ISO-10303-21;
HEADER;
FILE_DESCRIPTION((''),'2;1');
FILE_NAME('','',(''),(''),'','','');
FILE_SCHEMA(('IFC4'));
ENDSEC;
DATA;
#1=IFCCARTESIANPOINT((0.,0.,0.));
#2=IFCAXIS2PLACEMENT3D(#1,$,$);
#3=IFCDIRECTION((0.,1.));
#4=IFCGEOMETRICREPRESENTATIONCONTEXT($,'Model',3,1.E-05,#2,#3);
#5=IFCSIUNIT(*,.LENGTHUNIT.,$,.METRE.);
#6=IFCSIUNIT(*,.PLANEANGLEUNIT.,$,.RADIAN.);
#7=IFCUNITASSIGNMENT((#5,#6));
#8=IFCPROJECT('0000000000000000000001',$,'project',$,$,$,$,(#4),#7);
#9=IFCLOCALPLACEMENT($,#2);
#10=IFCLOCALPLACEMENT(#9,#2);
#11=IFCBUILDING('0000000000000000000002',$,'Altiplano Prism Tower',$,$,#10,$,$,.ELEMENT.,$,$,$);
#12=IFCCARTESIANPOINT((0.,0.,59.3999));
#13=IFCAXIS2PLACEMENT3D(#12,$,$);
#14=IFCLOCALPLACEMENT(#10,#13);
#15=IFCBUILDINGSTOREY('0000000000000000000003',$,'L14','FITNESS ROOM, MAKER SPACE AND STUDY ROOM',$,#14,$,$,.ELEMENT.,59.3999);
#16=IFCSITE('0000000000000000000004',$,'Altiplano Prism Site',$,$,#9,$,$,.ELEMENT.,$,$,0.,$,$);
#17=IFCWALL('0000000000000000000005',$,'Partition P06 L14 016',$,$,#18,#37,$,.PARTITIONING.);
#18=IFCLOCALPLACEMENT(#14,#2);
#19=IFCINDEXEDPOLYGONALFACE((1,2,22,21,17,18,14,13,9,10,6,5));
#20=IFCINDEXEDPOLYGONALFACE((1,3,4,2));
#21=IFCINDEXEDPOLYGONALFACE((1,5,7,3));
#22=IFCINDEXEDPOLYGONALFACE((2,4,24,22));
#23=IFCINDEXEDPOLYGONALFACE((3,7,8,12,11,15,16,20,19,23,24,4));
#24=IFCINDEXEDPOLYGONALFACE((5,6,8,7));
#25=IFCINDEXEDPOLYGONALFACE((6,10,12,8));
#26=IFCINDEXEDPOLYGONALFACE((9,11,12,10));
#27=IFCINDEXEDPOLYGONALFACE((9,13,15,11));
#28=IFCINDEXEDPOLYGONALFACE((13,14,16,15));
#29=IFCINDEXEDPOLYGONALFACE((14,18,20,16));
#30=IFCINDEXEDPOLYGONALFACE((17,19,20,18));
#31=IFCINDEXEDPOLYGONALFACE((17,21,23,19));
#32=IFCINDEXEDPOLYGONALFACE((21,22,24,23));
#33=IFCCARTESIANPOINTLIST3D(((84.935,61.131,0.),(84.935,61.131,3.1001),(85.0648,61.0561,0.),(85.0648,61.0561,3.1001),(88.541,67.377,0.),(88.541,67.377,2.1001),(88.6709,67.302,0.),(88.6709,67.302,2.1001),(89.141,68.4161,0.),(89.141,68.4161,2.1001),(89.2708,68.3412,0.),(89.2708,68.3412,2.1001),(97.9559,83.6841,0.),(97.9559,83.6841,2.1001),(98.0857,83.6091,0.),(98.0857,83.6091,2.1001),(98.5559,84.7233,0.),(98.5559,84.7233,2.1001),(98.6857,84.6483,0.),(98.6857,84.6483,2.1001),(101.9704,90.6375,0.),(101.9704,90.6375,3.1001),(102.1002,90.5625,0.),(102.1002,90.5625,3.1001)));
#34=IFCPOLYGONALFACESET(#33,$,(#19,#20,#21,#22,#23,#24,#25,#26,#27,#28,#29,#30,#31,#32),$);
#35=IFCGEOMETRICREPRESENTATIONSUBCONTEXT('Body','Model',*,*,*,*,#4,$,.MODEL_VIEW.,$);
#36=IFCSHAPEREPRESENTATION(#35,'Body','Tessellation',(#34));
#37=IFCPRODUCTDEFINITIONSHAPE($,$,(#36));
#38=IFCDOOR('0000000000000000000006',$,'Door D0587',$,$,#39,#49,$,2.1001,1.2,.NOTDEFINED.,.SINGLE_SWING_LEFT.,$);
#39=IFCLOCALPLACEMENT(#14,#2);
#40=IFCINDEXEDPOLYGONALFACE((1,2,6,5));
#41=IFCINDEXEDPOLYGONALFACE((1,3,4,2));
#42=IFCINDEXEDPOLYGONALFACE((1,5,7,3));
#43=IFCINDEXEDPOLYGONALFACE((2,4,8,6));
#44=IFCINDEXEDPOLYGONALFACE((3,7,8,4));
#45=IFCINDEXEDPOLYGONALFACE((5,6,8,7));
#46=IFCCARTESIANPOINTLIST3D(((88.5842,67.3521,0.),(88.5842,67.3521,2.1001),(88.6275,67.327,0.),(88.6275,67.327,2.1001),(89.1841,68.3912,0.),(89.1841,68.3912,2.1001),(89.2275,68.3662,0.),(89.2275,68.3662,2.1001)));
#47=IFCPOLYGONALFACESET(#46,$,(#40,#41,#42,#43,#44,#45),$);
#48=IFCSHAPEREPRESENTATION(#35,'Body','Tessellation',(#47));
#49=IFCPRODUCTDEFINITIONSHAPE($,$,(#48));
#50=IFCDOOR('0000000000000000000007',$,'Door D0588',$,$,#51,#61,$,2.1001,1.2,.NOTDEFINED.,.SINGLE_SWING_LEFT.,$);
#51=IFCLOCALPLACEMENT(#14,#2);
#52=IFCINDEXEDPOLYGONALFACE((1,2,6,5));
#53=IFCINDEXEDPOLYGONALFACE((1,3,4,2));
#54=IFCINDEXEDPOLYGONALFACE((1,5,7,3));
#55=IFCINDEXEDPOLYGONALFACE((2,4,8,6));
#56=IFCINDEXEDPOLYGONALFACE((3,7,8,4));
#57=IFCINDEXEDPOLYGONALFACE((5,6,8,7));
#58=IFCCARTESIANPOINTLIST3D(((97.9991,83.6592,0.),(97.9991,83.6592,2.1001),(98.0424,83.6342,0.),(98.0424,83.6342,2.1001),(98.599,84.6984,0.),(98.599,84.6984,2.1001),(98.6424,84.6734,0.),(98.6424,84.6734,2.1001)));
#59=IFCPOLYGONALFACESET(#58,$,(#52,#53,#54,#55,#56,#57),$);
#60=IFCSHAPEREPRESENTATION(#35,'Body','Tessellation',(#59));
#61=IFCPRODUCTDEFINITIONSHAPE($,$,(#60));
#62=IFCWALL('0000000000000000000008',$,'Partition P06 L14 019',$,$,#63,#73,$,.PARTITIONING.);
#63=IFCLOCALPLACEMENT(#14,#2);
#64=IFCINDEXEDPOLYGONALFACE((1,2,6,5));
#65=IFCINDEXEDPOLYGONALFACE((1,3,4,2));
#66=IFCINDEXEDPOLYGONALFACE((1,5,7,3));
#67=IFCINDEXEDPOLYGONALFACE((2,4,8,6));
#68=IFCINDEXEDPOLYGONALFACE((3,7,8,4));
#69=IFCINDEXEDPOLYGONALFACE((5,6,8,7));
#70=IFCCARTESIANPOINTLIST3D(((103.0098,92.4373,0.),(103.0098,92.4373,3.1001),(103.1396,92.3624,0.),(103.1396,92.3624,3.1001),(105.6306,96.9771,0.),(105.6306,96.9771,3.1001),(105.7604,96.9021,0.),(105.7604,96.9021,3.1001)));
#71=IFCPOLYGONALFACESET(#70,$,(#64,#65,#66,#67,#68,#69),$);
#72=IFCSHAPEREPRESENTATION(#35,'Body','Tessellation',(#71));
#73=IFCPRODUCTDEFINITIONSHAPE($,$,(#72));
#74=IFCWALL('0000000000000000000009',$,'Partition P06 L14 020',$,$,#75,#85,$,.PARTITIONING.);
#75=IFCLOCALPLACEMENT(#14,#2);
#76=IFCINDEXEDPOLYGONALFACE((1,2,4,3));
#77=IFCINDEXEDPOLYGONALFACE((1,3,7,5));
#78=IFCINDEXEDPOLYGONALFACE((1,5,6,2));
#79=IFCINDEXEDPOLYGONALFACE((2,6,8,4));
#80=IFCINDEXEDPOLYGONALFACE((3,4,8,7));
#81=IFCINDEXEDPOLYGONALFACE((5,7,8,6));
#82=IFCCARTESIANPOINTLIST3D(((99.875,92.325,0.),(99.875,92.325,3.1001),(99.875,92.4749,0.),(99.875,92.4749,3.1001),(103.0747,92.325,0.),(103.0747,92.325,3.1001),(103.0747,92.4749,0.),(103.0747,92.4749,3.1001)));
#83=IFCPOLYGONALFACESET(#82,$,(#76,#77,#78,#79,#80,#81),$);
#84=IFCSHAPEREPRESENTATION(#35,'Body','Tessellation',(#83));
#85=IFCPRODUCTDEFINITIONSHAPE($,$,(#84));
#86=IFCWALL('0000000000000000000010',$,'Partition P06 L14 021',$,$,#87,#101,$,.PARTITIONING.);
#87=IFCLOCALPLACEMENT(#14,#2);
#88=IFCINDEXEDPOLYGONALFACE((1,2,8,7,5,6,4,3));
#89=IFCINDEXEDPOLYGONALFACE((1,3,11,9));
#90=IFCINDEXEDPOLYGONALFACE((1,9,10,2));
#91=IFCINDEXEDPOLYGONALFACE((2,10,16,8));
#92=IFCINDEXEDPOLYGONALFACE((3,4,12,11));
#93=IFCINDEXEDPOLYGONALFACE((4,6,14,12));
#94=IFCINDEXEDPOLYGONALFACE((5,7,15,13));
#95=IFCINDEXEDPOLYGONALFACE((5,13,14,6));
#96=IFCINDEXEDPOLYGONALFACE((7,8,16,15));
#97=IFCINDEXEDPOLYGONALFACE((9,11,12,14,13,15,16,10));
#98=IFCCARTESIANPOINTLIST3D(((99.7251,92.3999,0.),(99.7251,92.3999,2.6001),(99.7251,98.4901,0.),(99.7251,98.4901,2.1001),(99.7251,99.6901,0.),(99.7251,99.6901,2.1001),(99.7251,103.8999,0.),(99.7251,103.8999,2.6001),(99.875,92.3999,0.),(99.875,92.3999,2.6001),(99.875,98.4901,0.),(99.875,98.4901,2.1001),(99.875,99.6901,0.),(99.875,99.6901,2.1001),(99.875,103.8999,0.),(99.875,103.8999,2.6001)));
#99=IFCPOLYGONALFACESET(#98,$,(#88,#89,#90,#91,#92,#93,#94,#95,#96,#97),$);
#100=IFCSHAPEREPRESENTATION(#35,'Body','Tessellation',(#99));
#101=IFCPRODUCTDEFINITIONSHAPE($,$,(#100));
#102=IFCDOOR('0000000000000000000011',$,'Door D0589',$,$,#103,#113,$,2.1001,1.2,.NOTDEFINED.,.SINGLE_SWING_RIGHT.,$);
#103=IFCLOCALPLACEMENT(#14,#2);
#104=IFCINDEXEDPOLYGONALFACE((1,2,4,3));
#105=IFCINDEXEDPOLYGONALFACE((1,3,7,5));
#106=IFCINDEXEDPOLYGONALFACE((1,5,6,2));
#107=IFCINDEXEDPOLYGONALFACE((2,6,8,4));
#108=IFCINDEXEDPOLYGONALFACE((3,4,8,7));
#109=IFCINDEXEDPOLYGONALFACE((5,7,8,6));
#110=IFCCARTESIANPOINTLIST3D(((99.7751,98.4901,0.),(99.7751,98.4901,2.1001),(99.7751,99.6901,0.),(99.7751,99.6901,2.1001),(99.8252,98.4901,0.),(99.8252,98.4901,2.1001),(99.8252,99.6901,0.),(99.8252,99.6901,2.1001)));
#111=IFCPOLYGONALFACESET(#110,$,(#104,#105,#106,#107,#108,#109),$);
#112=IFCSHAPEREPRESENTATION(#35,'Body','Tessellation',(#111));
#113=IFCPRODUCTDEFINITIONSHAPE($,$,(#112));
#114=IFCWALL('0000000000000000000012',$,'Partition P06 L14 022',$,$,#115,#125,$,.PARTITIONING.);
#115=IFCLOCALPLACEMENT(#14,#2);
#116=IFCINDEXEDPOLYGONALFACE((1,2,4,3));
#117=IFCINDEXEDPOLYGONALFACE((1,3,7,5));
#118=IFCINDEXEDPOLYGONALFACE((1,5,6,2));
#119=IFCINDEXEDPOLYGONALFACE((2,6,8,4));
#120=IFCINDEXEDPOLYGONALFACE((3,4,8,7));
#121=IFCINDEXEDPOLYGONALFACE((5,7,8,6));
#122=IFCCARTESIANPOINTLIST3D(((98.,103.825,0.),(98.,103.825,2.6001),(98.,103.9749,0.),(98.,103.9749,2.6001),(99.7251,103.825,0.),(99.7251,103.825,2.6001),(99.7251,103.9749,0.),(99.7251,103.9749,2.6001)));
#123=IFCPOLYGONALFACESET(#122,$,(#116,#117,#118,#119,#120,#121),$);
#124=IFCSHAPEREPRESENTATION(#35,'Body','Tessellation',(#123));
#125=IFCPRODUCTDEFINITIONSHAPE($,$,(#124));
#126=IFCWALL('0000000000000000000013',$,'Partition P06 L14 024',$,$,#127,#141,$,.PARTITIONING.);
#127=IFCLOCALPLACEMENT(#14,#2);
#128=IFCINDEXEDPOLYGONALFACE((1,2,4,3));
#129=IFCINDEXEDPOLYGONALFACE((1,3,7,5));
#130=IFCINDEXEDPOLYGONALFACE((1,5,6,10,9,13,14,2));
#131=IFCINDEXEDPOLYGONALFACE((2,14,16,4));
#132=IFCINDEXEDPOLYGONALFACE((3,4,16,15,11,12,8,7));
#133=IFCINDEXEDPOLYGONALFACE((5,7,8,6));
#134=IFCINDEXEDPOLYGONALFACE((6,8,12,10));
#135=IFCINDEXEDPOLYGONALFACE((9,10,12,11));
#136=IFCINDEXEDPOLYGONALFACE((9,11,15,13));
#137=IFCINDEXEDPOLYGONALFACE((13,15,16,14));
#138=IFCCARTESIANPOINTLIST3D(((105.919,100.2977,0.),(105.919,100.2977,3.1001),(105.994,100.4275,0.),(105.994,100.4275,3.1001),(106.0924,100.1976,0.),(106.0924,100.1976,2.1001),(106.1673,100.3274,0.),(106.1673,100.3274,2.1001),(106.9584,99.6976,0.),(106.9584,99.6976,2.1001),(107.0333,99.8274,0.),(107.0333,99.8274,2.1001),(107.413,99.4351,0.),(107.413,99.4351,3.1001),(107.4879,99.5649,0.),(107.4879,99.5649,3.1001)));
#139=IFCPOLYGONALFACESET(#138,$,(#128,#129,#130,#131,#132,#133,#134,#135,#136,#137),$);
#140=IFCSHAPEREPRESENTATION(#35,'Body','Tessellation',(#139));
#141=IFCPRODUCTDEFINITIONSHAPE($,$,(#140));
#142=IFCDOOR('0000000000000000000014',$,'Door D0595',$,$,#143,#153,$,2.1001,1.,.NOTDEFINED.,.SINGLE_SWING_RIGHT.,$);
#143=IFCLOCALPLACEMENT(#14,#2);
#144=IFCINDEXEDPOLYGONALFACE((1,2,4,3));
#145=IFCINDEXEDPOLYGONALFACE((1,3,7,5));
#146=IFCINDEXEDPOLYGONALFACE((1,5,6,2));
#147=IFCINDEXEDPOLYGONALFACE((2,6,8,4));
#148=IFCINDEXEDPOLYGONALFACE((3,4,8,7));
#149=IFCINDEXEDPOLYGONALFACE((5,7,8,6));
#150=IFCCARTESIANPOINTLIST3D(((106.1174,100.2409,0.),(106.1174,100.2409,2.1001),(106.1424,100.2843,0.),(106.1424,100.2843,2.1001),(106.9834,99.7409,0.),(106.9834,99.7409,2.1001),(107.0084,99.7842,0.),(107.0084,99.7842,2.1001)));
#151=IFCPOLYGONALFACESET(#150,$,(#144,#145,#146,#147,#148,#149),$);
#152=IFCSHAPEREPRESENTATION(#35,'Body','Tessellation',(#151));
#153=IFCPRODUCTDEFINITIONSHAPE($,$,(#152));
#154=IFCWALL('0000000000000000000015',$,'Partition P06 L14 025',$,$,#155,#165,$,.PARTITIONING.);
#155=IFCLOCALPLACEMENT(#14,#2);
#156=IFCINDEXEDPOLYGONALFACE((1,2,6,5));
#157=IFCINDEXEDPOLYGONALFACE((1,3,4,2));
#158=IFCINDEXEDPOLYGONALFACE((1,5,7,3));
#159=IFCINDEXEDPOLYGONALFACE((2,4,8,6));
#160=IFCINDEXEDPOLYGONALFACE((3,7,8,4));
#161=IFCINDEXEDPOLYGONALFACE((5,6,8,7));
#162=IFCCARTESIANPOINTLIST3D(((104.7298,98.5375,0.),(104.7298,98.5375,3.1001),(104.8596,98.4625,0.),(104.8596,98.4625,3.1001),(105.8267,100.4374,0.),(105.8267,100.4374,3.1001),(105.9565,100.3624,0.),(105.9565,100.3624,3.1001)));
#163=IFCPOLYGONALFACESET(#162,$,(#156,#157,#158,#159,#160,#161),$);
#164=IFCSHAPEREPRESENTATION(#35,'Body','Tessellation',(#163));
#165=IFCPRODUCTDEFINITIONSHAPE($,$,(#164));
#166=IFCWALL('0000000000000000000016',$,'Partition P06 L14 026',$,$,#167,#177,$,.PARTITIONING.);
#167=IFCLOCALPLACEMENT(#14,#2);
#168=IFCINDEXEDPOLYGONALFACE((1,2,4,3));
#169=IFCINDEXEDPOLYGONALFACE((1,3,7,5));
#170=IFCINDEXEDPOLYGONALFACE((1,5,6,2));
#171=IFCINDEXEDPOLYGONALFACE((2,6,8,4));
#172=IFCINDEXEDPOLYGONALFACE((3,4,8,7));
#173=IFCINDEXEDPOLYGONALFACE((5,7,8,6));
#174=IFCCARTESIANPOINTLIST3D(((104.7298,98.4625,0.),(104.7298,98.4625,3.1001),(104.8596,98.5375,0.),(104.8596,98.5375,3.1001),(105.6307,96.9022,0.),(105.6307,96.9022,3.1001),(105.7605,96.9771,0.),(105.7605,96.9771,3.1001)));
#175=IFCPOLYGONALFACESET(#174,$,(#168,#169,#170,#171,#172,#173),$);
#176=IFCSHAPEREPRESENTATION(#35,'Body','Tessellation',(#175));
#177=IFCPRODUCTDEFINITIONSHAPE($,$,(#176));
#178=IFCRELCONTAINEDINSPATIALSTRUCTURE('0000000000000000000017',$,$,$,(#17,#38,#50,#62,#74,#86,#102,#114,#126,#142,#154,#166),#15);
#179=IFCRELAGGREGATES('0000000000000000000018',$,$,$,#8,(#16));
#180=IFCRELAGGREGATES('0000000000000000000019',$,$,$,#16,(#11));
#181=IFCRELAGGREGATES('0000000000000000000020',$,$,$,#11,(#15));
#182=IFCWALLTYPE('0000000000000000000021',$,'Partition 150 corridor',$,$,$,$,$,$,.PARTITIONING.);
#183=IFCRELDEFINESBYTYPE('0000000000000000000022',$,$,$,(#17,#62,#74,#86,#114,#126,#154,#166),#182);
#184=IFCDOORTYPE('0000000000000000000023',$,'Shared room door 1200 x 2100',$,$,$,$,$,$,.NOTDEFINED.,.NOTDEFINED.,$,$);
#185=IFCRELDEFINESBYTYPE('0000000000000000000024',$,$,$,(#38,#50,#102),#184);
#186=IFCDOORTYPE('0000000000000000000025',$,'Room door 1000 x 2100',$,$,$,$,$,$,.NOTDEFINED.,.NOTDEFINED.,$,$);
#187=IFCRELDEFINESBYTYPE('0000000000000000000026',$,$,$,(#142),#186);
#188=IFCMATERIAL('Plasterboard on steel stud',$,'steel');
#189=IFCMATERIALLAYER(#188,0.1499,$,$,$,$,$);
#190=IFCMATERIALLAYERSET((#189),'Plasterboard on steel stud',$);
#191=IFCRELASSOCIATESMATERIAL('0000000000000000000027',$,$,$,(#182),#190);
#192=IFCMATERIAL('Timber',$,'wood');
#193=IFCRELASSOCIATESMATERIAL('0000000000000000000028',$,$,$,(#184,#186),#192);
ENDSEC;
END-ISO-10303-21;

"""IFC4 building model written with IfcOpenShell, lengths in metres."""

from ifc_helpers import new_model, si_unit, direction, frame, frame_2d, origin, place, context, subcontext, project, spatial, rectangle, extrude, material, layer, layer_set, type_object, element, fill, save


model = new_model("IFC4")

# Units and contexts
model_context = context("Model", 3, precision=1e-05, world=origin(), true_north=direction((0.0, 1.0)))
body_context = subcontext(model_context, "Body", "Model", "MODEL_VIEW")
ifc_project = project(units=[si_unit("LENGTHUNIT", "METRE"), si_unit("PLANEANGLEUNIT", "RADIAN")], contexts=[model_context])

# Site, building, storey
site_placement = place(None, origin())
site = spatial("IfcSite", under=ifc_project, at=site_placement, Name="Altiplano Prism Site", CompositionType="ELEMENT", RefElevation=0.0)
building_placement = place(site_placement, origin())
building = spatial("IfcBuilding", under=site, at=building_placement, Name="Altiplano Prism Tower", CompositionType="ELEMENT")
storey_placement = place(building_placement, frame((0.0, 0.0, 59.3999)))
storey = spatial("IfcBuildingStorey", under=building, at=storey_placement, Name="L14", Description="FITNESS ROOM, MAKER SPACE AND STUDY ROOM", CompositionType="ELEMENT", Elevation=59.3999)

# Shared definitions
ifc_material_1 = material(Name="Plasterboard on steel stud", Category="steel")

# Shared definitions
ifc_layer_1 = layer(ifc_material_1, 0.1499)
ifc_layer_set_1 = layer_set([ifc_layer_1], Name="Plasterboard on steel stud")
wall_type_1 = type_object("IfcWallType", Name="Partition 150 corridor", PredefinedType="PARTITIONING", material=ifc_layer_set_1)
ifc_material_2 = material(Name="Timber", Category="wood")
door_type_1 = type_object("IfcDoorType", Name="Shared room door 1200 x 2100", OperationType="NOTDEFINED", PredefinedType="NOTDEFINED", material=ifc_material_2)

# Wall, openings, doors
wall_1_placement = place(storey_placement, frame((102.0354, 90.6001, 0.0), z_axis=(0.0, 0.0, 1.0), x_axis=(-0.499998, -0.866027, 0.0)))
wall_1 = element("IfcWall", 1, at=wall_1_placement, inside=storey, type_object=wall_type_1, Name="Partition P06 L14 016", PredefinedType="PARTITIONING", context=body_context, shape_type="SweptSolid", body=[
    extrude(rectangle(XDim=34.071, YDim=0.1499, at=frame_2d((17.0356, 0.0))), origin(), (0.0, 0.0, 1.0), 3.1001),
])
opening_1_placement = place(wall_1_placement, frame((25.6589, 0.0, 0.0)))
opening_1 = element("IfcOpeningElement", 2, at=opening_1_placement, cuts=wall_1, PredefinedType="OPENING", context=body_context, shape_type="SweptSolid", body=[
    extrude(rectangle(XDim=1.2, YDim=2.1001, at=frame_2d((0.6001, 1.05))), frame((0.0, 0.0854, 0.0), z_axis=(0.0, -1.0, 0.0), x_axis=(1.0, 0.0, 0.0)), (0.0, 0.0, 1.0), 0.1709),
])
opening_2_placement = place(wall_1_placement, frame((6.8291, 0.0, 0.0)))
opening_2 = element("IfcOpeningElement", 3, at=opening_2_placement, cuts=wall_1, PredefinedType="OPENING", context=body_context, shape_type="SweptSolid", body=[
    extrude(rectangle(XDim=1.2, YDim=2.1001, at=frame_2d((0.6001, 1.05))), frame((0.0, 0.0854, 0.0), z_axis=(0.0, -1.0, 0.0), x_axis=(1.0, 0.0, 0.0)), (0.0, 0.0, 1.0), 0.1709),
])
door_1_placement = place(opening_1_placement, origin())
door_1 = element("IfcDoor", 4, at=door_1_placement, inside=storey, type_object=door_type_1, Name="Door D0587", OperationType="SINGLE_SWING_LEFT", OverallHeight=2.1001, OverallWidth=1.2, PredefinedType="NOTDEFINED", context=body_context, shape_type="SweptSolid", body=[
    extrude(rectangle(XDim=1.2, YDim=2.1001, at=frame_2d((0.6001, 1.05))), frame((0.0, 0.0249, 0.0), z_axis=(0.0, -1.0, 0.0), x_axis=(1.0, 0.0, 0.0)), (0.0, 0.0, 1.0), 0.05),
])
fill(opening_1, door_1)
door_2_placement = place(opening_2_placement, origin())
door_2 = element("IfcDoor", 5, at=door_2_placement, inside=storey, type_object=door_type_1, Name="Door D0588", OperationType="SINGLE_SWING_LEFT", OverallHeight=2.1001, OverallWidth=1.2, PredefinedType="NOTDEFINED", context=body_context, shape_type="SweptSolid", body=[
    extrude(rectangle(XDim=1.2, YDim=2.1001, at=frame_2d((0.6001, 1.05))), frame((0.0, 0.0249, 0.0), z_axis=(0.0, -1.0, 0.0), x_axis=(1.0, 0.0, 0.0)), (0.0, 0.0, 1.0), 0.05),
])
fill(opening_2, door_2)

# Walls
wall_2_placement = place(storey_placement, frame((105.6956, 96.9397, 0.0), z_axis=(0.0, 0.0, 1.0), x_axis=(-0.499971, -0.866042, 0.0)))
element("IfcWall", 6, at=wall_2_placement, inside=storey, type_object=wall_type_1, Name="Partition P06 L14 019", PredefinedType="PARTITIONING", context=body_context, shape_type="SweptSolid", body=[
    extrude(rectangle(XDim=5.2419, YDim=0.1499, at=frame_2d((2.6211, 0.0))), origin(), (0.0, 0.0, 1.0), 3.1001),
])
wall_3_placement = place(storey_placement, frame((103.0747, 92.3999, 0.0), z_axis=(0.0, 0.0, 1.0), x_axis=(-1.0, 0.0, 0.0)))
element("IfcWall", 7, at=wall_3_placement, inside=storey, type_object=wall_type_1, Name="Partition P06 L14 020", PredefinedType="PARTITIONING", context=body_context, shape_type="SweptSolid", body=[
    extrude(rectangle(XDim=3.1997, YDim=0.1499, at=frame_2d((1.5999, 0.0))), origin(), (0.0, 0.0, 1.0), 3.1001),
])

# Wall, opening, door
wall_4_placement = place(storey_placement, frame((99.8, 92.3999, 0.0), z_axis=(0.0, 0.0, 1.0), x_axis=(0.0, 1.0, 0.0)))
wall_4 = element("IfcWall", 8, at=wall_4_placement, inside=storey, type_object=wall_type_1, Name="Partition P06 L14 021", PredefinedType="PARTITIONING", context=body_context, shape_type="SweptSolid", body=[
    extrude(rectangle(XDim=11.5, YDim=0.1499, at=frame_2d((5.75, 0.0))), origin(), (0.0, 0.0, 1.0), 2.6001),
])
opening_3_placement = place(wall_4_placement, frame((6.0901, 0.0, 0.0)))
opening_3 = element("IfcOpeningElement", 9, at=opening_3_placement, cuts=wall_4, PredefinedType="OPENING", context=body_context, shape_type="SweptSolid", body=[
    extrude(rectangle(XDim=1.2, YDim=2.1001, at=frame_2d((0.6001, 1.05))), frame((0.0, 0.0854, 0.0), z_axis=(0.0, -1.0, 0.0), x_axis=(1.0, 0.0, 0.0)), (0.0, 0.0, 1.0), 0.1709),
])
door_3_placement = place(opening_3_placement, origin())
door_3 = element("IfcDoor", 10, at=door_3_placement, inside=storey, type_object=door_type_1, Name="Door D0589", OperationType="SINGLE_SWING_RIGHT", OverallHeight=2.1001, OverallWidth=1.2, PredefinedType="NOTDEFINED", context=body_context, shape_type="SweptSolid", body=[
    extrude(rectangle(XDim=1.2, YDim=2.1001, at=frame_2d((0.6001, 1.05))), frame((0.0, 0.0249, 0.0), z_axis=(0.0, -1.0, 0.0), x_axis=(1.0, 0.0, 0.0)), (0.0, 0.0, 1.0), 0.05),
])
fill(opening_3, door_3)

# Wall
wall_5_placement = place(storey_placement, frame((99.7251, 103.8999, 0.0), z_axis=(0.0, 0.0, 1.0), x_axis=(-1.0, 0.0, 0.0)))
element("IfcWall", 11, at=wall_5_placement, inside=storey, type_object=wall_type_1, Name="Partition P06 L14 022", PredefinedType="PARTITIONING", context=body_context, shape_type="SweptSolid", body=[
    extrude(rectangle(XDim=1.7251, YDim=0.1499, at=frame_2d((0.8625, 0.0))), origin(), (0.0, 0.0, 1.0), 2.6001),
])

# Wall, opening, door
wall_6_placement = place(storey_placement, frame((107.4504, 99.5, 0.0), z_axis=(0.0, 0.0, 1.0), x_axis=(-0.866014, 0.500021, 0.0)))
wall_6 = element("IfcWall", 12, at=wall_6_placement, inside=storey, type_object=wall_type_1, Name="Partition P06 L14 024", PredefinedType="PARTITIONING", context=body_context, shape_type="SweptSolid", body=[
    extrude(rectangle(XDim=1.7251, YDim=0.1499, at=frame_2d((0.8625, 0.0))), origin(), (0.0, 0.0, 1.0), 3.1001),
])
opening_4_placement = place(wall_6_placement, frame((0.5249, 0.0, 0.0)))
opening_4 = element("IfcOpeningElement", 13, at=opening_4_placement, cuts=wall_6, PredefinedType="OPENING", context=body_context, shape_type="SweptSolid", body=[
    extrude(rectangle(XDim=1.0, YDim=2.1001, at=frame_2d((0.5, 1.05))), frame((0.0, 0.0854, 0.0), z_axis=(0.0, -1.0, 0.0), x_axis=(1.0, 0.0, 0.0)), (0.0, 0.0, 1.0), 0.1709),
])
door_type_2 = type_object("IfcDoorType", Name="Room door 1000 x 2100", OperationType="NOTDEFINED", PredefinedType="NOTDEFINED", material=ifc_material_2)
door_4_placement = place(opening_4_placement, origin())
door_4 = element("IfcDoor", 14, at=door_4_placement, inside=storey, type_object=door_type_2, Name="Door D0595", OperationType="SINGLE_SWING_RIGHT", OverallHeight=2.1001, OverallWidth=1.0, PredefinedType="NOTDEFINED", context=body_context, shape_type="SweptSolid", body=[
    extrude(rectangle(XDim=1.0, YDim=2.1001, at=frame_2d((0.5, 1.05))), frame((0.0, 0.0249, 0.0), z_axis=(0.0, -1.0, 0.0), x_axis=(1.0, 0.0, 0.0)), (0.0, 0.0, 1.0), 0.05),
])
fill(opening_4, door_4)

# Walls
wall_7_placement = place(storey_placement, frame((105.8916, 100.3999, 0.0), z_axis=(0.0, 0.0, 1.0), x_axis=(-0.500005, -0.866023, 0.0)))
element("IfcWall", 15, at=wall_7_placement, inside=storey, type_object=wall_type_1, Name="Partition P06 L14 025", PredefinedType="PARTITIONING", context=body_context, shape_type="SweptSolid", body=[
    extrude(rectangle(XDim=2.1938, YDim=0.1499, at=frame_2d((1.0969, 0.0))), origin(), (0.0, 0.0, 1.0), 3.1001),
])
wall_8_placement = place(storey_placement, frame((104.7947, 98.5, 0.0), z_axis=(0.0, 0.0, 1.0), x_axis=(0.500016, -0.866016, 0.0)))
element("IfcWall", 16, at=wall_8_placement, inside=storey, type_object=wall_type_1, Name="Partition P06 L14 026", PredefinedType="PARTITIONING", context=body_context, shape_type="SweptSolid", body=[
    extrude(rectangle(XDim=1.8018, YDim=0.1499, at=frame_2d((0.9009, 0.0))), origin(), (0.0, 0.0, 1.0), 3.1001),
])

save(model, "model.ifc")
